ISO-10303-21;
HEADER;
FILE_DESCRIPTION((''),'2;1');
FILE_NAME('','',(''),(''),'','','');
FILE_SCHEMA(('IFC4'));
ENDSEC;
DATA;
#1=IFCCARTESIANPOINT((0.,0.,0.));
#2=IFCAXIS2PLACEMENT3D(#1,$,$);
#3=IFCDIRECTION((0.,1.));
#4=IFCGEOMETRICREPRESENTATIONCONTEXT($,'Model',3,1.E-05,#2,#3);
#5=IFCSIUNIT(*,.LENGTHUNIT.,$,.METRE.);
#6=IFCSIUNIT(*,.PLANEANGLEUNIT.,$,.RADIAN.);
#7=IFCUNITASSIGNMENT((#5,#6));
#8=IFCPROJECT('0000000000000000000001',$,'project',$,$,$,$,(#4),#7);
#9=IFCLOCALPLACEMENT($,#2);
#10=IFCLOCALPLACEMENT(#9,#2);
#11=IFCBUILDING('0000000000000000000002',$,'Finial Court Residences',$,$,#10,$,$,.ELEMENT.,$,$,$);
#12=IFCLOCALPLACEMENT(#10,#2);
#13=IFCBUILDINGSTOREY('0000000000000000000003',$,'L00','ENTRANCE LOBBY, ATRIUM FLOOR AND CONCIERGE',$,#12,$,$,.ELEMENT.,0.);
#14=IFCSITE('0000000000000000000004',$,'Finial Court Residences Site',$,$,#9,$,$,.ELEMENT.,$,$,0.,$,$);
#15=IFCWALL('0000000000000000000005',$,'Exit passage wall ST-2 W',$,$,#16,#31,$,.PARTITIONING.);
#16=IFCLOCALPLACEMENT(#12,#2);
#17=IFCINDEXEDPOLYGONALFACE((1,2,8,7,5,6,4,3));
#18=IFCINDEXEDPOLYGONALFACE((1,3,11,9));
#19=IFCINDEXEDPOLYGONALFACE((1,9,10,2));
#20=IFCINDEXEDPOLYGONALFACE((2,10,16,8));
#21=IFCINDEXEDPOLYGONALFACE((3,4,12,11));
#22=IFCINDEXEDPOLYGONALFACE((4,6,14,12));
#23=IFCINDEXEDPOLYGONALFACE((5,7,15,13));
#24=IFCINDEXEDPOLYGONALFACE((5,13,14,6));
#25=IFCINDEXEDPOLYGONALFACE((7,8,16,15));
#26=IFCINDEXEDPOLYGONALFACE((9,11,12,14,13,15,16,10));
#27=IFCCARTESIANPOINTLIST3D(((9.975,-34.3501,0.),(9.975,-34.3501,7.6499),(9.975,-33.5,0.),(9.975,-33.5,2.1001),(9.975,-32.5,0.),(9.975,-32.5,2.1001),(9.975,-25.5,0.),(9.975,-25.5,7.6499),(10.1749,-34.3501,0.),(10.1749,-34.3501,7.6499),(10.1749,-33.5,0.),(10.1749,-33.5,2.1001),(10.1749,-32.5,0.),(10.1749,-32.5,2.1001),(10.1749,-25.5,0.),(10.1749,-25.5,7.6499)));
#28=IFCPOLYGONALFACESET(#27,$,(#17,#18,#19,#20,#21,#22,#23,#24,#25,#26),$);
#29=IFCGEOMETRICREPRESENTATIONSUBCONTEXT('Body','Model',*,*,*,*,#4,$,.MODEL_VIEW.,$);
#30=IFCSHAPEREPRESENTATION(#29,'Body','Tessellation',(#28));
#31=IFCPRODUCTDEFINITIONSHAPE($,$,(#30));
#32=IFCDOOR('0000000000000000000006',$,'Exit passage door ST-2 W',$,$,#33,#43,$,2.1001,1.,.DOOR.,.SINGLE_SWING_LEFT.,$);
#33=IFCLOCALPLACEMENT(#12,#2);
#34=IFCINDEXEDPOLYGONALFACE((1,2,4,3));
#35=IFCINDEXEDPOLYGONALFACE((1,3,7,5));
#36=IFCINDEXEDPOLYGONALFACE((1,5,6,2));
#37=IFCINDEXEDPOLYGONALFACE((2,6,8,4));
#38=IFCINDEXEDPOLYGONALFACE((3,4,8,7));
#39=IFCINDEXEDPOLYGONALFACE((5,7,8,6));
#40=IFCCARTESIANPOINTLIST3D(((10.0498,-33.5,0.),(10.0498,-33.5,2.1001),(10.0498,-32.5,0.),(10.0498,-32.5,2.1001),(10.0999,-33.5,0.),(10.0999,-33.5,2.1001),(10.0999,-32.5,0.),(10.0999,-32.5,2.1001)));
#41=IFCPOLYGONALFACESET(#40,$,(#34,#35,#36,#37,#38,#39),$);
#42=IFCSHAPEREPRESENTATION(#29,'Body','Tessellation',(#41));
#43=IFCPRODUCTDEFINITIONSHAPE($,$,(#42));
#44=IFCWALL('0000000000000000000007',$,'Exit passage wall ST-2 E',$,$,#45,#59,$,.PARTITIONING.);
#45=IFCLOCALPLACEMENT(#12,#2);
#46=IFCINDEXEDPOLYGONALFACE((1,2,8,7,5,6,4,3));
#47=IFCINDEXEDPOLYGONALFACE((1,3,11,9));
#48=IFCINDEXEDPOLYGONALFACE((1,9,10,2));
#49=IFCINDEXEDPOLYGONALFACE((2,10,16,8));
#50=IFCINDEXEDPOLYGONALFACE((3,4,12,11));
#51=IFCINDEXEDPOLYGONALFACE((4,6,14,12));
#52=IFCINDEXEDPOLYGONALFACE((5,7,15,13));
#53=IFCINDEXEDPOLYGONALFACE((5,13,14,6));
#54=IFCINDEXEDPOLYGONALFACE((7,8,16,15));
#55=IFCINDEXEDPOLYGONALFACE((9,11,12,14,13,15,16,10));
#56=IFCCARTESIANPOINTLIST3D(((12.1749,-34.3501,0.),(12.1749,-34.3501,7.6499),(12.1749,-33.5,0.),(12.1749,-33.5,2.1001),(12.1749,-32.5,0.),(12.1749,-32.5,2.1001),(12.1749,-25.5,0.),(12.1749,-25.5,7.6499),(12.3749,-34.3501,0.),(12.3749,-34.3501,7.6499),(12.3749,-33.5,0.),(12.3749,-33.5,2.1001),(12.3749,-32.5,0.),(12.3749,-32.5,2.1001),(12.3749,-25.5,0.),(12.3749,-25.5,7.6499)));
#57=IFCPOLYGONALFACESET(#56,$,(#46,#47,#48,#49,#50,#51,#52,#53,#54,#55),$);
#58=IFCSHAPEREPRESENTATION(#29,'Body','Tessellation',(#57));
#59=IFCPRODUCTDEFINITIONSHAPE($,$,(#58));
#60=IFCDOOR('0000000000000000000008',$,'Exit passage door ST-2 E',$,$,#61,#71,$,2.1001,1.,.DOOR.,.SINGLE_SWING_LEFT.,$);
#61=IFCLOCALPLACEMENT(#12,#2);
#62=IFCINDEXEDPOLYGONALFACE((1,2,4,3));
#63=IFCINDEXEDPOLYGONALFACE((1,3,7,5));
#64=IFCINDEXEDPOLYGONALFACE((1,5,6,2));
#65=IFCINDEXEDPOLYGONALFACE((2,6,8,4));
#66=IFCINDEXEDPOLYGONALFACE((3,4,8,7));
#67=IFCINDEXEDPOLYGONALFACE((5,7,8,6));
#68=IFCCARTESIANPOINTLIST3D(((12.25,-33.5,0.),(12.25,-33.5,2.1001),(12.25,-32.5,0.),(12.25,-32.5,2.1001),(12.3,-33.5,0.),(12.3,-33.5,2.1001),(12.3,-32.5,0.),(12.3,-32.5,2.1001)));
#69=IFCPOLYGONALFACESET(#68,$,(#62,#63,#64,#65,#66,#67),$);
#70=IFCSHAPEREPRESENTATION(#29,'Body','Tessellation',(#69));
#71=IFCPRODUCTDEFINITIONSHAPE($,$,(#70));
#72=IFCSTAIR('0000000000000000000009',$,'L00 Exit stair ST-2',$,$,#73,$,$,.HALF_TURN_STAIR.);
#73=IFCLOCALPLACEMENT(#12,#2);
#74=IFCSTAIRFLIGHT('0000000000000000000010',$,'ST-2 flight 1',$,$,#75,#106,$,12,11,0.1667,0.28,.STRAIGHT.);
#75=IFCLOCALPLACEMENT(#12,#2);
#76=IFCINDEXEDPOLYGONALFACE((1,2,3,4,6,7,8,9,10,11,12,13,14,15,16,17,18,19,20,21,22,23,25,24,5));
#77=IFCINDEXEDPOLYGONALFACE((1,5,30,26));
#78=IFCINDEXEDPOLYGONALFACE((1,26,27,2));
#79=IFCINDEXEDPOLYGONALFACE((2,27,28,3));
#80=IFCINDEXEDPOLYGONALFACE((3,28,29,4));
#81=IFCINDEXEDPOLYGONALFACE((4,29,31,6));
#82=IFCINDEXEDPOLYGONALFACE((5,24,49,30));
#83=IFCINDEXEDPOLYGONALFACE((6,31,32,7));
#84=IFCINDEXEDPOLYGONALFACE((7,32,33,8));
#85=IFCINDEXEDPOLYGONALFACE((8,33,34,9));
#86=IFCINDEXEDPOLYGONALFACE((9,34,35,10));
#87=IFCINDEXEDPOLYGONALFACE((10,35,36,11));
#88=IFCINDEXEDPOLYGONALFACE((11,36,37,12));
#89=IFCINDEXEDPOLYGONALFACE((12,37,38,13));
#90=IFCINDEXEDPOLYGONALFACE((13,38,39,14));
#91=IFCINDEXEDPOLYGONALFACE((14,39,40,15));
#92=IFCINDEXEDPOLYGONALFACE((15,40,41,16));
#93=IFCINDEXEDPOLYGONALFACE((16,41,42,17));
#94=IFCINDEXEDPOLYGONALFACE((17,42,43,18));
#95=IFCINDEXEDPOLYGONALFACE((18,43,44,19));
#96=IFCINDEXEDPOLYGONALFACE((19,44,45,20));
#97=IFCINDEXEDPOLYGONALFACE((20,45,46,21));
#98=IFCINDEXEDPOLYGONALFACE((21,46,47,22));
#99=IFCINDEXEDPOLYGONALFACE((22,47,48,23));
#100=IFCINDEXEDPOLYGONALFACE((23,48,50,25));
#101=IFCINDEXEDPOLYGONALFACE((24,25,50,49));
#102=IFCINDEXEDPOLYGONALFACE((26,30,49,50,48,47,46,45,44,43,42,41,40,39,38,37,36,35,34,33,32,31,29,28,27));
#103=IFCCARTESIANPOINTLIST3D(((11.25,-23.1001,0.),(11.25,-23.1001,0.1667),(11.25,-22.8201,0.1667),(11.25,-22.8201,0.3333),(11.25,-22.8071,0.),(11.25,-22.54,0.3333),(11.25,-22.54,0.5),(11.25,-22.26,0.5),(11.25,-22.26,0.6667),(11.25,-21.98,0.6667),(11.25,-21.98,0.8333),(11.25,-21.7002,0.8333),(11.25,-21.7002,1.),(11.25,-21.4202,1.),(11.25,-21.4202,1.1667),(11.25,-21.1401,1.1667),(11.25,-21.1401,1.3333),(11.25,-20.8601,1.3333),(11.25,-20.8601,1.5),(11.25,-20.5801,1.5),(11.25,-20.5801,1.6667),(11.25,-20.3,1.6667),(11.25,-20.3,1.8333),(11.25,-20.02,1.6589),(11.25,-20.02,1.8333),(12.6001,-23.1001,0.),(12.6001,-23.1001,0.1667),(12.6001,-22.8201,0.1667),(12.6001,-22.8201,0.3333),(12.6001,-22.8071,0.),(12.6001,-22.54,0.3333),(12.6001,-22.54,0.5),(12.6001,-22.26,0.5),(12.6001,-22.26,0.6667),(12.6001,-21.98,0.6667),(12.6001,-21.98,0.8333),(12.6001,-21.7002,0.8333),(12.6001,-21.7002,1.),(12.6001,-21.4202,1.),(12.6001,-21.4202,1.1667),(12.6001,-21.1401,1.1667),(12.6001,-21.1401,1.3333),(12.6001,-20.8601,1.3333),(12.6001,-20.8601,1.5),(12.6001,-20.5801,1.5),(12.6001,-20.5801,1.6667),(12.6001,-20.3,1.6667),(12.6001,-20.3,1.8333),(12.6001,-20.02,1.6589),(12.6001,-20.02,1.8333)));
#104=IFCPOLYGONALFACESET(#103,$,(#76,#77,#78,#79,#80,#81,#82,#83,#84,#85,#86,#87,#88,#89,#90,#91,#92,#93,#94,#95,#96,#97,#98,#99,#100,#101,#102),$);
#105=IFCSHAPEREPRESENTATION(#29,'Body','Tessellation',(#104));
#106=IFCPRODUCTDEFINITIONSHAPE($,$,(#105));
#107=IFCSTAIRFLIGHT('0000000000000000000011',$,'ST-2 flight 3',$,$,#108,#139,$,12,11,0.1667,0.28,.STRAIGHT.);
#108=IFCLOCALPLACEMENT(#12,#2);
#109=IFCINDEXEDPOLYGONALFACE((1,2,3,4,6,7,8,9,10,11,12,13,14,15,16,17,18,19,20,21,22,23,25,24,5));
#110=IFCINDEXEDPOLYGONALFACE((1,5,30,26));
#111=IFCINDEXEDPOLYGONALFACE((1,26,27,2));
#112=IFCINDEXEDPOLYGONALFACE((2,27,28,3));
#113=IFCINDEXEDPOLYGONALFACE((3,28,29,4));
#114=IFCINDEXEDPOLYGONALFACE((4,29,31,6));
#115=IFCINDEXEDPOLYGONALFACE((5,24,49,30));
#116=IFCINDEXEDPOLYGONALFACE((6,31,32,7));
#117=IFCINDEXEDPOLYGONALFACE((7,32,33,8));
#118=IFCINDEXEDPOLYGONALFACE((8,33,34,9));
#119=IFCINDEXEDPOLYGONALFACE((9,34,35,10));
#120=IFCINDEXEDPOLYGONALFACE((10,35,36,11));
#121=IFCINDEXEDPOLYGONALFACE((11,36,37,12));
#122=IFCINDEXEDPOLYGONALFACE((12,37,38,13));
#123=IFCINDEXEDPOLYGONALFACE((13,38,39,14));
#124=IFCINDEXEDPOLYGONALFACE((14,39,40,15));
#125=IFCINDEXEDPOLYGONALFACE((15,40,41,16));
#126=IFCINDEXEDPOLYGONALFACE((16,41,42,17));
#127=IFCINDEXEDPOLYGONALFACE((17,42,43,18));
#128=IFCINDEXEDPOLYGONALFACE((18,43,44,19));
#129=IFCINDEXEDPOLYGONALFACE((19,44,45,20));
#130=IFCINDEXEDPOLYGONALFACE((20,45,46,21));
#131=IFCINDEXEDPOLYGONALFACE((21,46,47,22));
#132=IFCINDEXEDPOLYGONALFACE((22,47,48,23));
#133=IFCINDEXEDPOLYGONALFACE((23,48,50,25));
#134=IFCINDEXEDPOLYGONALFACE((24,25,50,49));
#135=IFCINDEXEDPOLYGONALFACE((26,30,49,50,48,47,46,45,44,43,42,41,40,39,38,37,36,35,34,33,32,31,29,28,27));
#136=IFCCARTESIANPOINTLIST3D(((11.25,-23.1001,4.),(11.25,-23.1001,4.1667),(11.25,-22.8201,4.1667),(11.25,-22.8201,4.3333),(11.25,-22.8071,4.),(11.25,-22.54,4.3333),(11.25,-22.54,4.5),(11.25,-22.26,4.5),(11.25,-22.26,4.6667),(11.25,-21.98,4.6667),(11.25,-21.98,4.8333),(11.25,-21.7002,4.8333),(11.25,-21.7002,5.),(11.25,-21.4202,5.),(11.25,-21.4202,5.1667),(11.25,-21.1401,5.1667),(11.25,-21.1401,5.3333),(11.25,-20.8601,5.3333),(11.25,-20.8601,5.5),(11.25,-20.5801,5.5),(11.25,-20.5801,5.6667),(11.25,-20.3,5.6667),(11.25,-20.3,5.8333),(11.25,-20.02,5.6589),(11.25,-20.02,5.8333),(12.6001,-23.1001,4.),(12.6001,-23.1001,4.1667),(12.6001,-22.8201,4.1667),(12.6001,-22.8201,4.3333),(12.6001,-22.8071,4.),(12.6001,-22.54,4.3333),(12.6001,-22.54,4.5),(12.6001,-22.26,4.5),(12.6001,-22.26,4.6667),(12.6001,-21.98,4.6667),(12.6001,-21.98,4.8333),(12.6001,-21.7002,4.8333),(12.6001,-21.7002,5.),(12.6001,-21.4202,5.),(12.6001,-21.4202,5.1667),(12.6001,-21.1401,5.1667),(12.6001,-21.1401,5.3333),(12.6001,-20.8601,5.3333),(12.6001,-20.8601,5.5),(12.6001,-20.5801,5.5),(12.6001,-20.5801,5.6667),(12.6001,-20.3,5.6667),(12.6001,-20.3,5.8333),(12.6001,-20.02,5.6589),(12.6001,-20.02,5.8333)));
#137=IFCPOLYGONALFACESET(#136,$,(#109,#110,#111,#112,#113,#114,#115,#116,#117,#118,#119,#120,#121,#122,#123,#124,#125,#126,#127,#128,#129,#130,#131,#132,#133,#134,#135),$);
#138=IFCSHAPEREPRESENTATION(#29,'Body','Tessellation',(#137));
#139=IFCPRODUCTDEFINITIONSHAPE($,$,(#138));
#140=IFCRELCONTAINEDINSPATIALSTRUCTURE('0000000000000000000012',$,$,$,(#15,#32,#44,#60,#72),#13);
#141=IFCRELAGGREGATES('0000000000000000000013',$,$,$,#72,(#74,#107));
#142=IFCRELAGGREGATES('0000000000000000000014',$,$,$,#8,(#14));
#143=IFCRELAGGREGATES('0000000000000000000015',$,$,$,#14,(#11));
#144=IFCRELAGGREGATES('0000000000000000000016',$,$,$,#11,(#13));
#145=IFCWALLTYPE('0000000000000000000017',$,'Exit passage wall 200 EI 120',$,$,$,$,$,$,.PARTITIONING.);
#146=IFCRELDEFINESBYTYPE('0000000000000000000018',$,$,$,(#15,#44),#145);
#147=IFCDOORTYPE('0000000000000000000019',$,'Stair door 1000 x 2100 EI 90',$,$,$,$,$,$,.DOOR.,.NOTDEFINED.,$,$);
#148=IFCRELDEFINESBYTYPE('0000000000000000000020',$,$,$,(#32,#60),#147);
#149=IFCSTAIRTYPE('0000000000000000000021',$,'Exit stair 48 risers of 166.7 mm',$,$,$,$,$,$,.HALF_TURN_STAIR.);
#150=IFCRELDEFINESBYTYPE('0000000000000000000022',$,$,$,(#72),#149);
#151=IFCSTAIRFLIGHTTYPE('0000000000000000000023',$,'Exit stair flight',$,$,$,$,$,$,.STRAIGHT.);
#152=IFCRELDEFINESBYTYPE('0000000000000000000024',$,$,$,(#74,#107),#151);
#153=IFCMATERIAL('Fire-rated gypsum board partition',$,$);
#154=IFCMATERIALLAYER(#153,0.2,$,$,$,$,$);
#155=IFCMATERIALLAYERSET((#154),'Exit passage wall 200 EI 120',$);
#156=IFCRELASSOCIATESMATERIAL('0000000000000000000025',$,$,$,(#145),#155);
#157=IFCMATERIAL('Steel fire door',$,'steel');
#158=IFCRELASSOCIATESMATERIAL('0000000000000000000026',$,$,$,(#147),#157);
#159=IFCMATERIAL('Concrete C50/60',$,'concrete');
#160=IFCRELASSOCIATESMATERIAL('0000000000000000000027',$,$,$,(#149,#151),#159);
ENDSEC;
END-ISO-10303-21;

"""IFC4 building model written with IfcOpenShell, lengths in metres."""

from ifc_helpers import new_model, si_unit, direction, frame, frame_2d, origin, place, context, subcontext, project, spatial, polyline, rectangle, outline, extrude, material, layer, layer_set, type_object, element, fill, aggregate, save


model = new_model("IFC4")

# Units and contexts
model_context = context("Model", 3, precision=1e-05, world=origin(), true_north=direction((0.0, 1.0)))
body_context = subcontext(model_context, "Body", "Model", "MODEL_VIEW")
ifc_project = project(units=[si_unit("LENGTHUNIT", "METRE"), si_unit("PLANEANGLEUNIT", "RADIAN")], contexts=[model_context])

# Site, building, storey
site_placement = place(None, origin())
site = spatial("IfcSite", under=ifc_project, at=site_placement, Name="Finial Court Residences Site", CompositionType="ELEMENT", RefElevation=0.0)
building_placement = place(site_placement, origin())
building = spatial("IfcBuilding", under=site, at=building_placement, Name="Finial Court Residences", CompositionType="ELEMENT")
storey_placement = place(building_placement, origin())
storey = spatial("IfcBuildingStorey", under=building, at=storey_placement, Name="L00", Description="ENTRANCE LOBBY, ATRIUM FLOOR AND CONCIERGE", CompositionType="ELEMENT", Elevation=0.0)

# Shared definitions
ifc_material_1 = material(Name="Concrete C50/60", Category="concrete")

# Walls, openings, doors
ifc_material_2 = material(Name="Fire-rated gypsum board partition")
ifc_layer_1 = layer(ifc_material_2, 0.2)
ifc_layer_set_1 = layer_set([ifc_layer_1], Name="Exit passage wall 200 EI 120")
wall_type_1 = type_object("IfcWallType", Name="Exit passage wall 200 EI 120", PredefinedType="PARTITIONING", material=ifc_layer_set_1)
wall_1_placement = place(storey_placement, frame((10.075, -25.5, 0.0), z_axis=(0.0, 0.0, 1.0), x_axis=(0.0, -1.0, 0.0)))
wall_1 = element("IfcWall", 1, at=wall_1_placement, inside=storey, type_object=wall_type_1, Name="Exit passage wall ST-2 W", PredefinedType="PARTITIONING", context=body_context, shape_type="SweptSolid", body=[
    extrude(rectangle(XDim=8.8501, YDim=0.2, at=frame_2d((4.425, 0.0))), origin(), (0.0, 0.0, 1.0), 7.6499),
])
opening_1_placement = place(wall_1_placement, frame((7.0, 0.0, 0.0)))
opening_1 = element("IfcOpeningElement", 2, at=opening_1_placement, cuts=wall_1, PredefinedType="OPENING", context=body_context, shape_type="SweptSolid", body=[
    extrude(rectangle(XDim=1.0, YDim=2.1001, at=frame_2d((0.5, 1.05))), frame((0.0, 0.1099, 0.0), z_axis=(0.0, -1.0, 0.0), x_axis=(1.0, 0.0, 0.0)), (0.0, 0.0, 1.0), 0.22),
])
ifc_material_3 = material(Name="Steel fire door", Category="steel")
door_type_1 = type_object("IfcDoorType", Name="Stair door 1000 x 2100 EI 90", OperationType="NOTDEFINED", PredefinedType="DOOR", material=ifc_material_3)
door_1_placement = place(opening_1_placement, origin())
door_1 = element("IfcDoor", 3, at=door_1_placement, inside=storey, type_object=door_type_1, Name="Exit passage door ST-2 W", OperationType="SINGLE_SWING_LEFT", OverallHeight=2.1001, OverallWidth=1.0, PredefinedType="DOOR", context=body_context, shape_type="SweptSolid", body=[
    extrude(rectangle(XDim=1.0, YDim=2.1001, at=frame_2d((0.5, 1.05))), frame((0.0, 0.0249, 0.0), z_axis=(0.0, -1.0, 0.0), x_axis=(1.0, 0.0, 0.0)), (0.0, 0.0, 1.0), 0.05),
])
fill(opening_1, door_1)
wall_2_placement = place(storey_placement, frame((12.2749, -34.3501, 0.0), z_axis=(0.0, 0.0, 1.0), x_axis=(0.0, 1.0, 0.0)))
wall_2 = element("IfcWall", 4, at=wall_2_placement, inside=storey, type_object=wall_type_1, Name="Exit passage wall ST-2 E", PredefinedType="PARTITIONING", context=body_context, shape_type="SweptSolid", body=[
    extrude(rectangle(XDim=8.8501, YDim=0.2, at=frame_2d((4.425, 0.0))), origin(), (0.0, 0.0, 1.0), 7.6499),
])
opening_2_placement = place(wall_2_placement, frame((0.8501, 0.0, 0.0)))
opening_2 = element("IfcOpeningElement", 5, at=opening_2_placement, cuts=wall_2, PredefinedType="OPENING", context=body_context, shape_type="SweptSolid", body=[
    extrude(rectangle(XDim=1.0, YDim=2.1001, at=frame_2d((0.5, 1.05))), frame((0.0, 0.1099, 0.0), z_axis=(0.0, -1.0, 0.0), x_axis=(1.0, 0.0, 0.0)), (0.0, 0.0, 1.0), 0.22),
])
door_2_placement = place(opening_2_placement, origin())
door_2 = element("IfcDoor", 6, at=door_2_placement, inside=storey, type_object=door_type_1, Name="Exit passage door ST-2 E", OperationType="SINGLE_SWING_LEFT", OverallHeight=2.1001, OverallWidth=1.0, PredefinedType="DOOR", context=body_context, shape_type="SweptSolid", body=[
    extrude(rectangle(XDim=1.0, YDim=2.1001, at=frame_2d((0.5, 1.05))), frame((0.0, 0.0249, 0.0), z_axis=(0.0, -1.0, 0.0), x_axis=(1.0, 0.0, 0.0)), (0.0, 0.0, 1.0), 0.05),
])
fill(opening_2, door_2)

# Stair, stair flights
stair_type = type_object("IfcStairType", Name="Exit stair 48 risers of 166.7 mm", PredefinedType="HALF_TURN_STAIR", material=ifc_material_1)
stair_placement = place(storey_placement, origin())
stair = element("IfcStair", 7, at=stair_placement, inside=storey, type_object=stair_type, Name="L00 Exit stair ST-2", PredefinedType="HALF_TURN_STAIR")
stair_flight_type = type_object("IfcStairFlightType", Name="Exit stair flight", PredefinedType="STRAIGHT", material=ifc_material_1)
stair_flight_1_placement = place(storey_placement, frame((11.925, -23.1001, 0.0), z_axis=(0.0, 0.0, 1.0), x_axis=(0.0, 1.0, 0.0)))
stair_flight_1 = element("IfcStairFlight", 8, at=stair_flight_1_placement, type_object=stair_flight_type, Name="ST-2 flight 1", NumberOfRisers=12, NumberOfTreads=11, PredefinedType="STRAIGHT", RiserHeight=0.1667, TreadLength=0.28, context=body_context, shape_type="SweptSolid", body=[
    extrude(outline(polyline([(0.0, 0.0), (0.0, 0.1667), (0.28, 0.1667), (0.28, 0.3333), (0.5601, 0.3333), (0.5601, 0.5), (0.8401, 0.5), (0.8401, 0.6667), (1.1201, 0.6667), (1.1201, 0.8333), (1.3999, 0.8333), (1.3999, 1.0), (1.6799, 1.0), (1.6799, 1.1667), (1.96, 1.1667), (1.96, 1.3333), (2.24, 1.3333), (2.24, 1.5), (2.52, 1.5), (2.52, 1.6667), (2.8, 1.6667), (2.8, 1.8333), (3.0801, 1.8333), (3.0801, 2.0), (3.0801, 1.6589), (0.293, 0.0), (0.0, 0.0)])), frame((0.0, 0.675, 0.0), z_axis=(0.0, -1.0, 0.0), x_axis=(1.0, 0.0, 0.0)), (0.0, 0.0, 1.0), 1.3501),
])
stair_flight_2_placement = place(storey_placement, frame((11.925, -23.1001, 4.0), z_axis=(0.0, 0.0, 1.0), x_axis=(0.0, 1.0, 0.0)))
stair_flight_2 = element("IfcStairFlight", 9, at=stair_flight_2_placement, type_object=stair_flight_type, Name="ST-2 flight 3", NumberOfRisers=12, NumberOfTreads=11, PredefinedType="STRAIGHT", RiserHeight=0.1667, TreadLength=0.28, context=body_context, shape_type="SweptSolid", body=[
    extrude(outline(polyline([(0.0, 0.0), (0.0, 0.1667), (0.28, 0.1667), (0.28, 0.3333), (0.5601, 0.3333), (0.5601, 0.5), (0.8401, 0.5), (0.8401, 0.6667), (1.1201, 0.6667), (1.1201, 0.8333), (1.3999, 0.8333), (1.3999, 1.0), (1.6799, 1.0), (1.6799, 1.1667), (1.96, 1.1667), (1.96, 1.3333), (2.24, 1.3333), (2.24, 1.5), (2.52, 1.5), (2.52, 1.6667), (2.8, 1.6667), (2.8, 1.8333), (3.0801, 1.8333), (3.0801, 2.0), (3.0801, 1.6589), (0.293, 0.0), (0.0, 0.0)])), frame((0.0, 0.675, 0.0), z_axis=(0.0, -1.0, 0.0), x_axis=(1.0, 0.0, 0.0)), (0.0, 0.0, 1.0), 1.3501),
])
aggregate(stair, [stair_flight_1, stair_flight_2])

save(model, "model.ifc")
